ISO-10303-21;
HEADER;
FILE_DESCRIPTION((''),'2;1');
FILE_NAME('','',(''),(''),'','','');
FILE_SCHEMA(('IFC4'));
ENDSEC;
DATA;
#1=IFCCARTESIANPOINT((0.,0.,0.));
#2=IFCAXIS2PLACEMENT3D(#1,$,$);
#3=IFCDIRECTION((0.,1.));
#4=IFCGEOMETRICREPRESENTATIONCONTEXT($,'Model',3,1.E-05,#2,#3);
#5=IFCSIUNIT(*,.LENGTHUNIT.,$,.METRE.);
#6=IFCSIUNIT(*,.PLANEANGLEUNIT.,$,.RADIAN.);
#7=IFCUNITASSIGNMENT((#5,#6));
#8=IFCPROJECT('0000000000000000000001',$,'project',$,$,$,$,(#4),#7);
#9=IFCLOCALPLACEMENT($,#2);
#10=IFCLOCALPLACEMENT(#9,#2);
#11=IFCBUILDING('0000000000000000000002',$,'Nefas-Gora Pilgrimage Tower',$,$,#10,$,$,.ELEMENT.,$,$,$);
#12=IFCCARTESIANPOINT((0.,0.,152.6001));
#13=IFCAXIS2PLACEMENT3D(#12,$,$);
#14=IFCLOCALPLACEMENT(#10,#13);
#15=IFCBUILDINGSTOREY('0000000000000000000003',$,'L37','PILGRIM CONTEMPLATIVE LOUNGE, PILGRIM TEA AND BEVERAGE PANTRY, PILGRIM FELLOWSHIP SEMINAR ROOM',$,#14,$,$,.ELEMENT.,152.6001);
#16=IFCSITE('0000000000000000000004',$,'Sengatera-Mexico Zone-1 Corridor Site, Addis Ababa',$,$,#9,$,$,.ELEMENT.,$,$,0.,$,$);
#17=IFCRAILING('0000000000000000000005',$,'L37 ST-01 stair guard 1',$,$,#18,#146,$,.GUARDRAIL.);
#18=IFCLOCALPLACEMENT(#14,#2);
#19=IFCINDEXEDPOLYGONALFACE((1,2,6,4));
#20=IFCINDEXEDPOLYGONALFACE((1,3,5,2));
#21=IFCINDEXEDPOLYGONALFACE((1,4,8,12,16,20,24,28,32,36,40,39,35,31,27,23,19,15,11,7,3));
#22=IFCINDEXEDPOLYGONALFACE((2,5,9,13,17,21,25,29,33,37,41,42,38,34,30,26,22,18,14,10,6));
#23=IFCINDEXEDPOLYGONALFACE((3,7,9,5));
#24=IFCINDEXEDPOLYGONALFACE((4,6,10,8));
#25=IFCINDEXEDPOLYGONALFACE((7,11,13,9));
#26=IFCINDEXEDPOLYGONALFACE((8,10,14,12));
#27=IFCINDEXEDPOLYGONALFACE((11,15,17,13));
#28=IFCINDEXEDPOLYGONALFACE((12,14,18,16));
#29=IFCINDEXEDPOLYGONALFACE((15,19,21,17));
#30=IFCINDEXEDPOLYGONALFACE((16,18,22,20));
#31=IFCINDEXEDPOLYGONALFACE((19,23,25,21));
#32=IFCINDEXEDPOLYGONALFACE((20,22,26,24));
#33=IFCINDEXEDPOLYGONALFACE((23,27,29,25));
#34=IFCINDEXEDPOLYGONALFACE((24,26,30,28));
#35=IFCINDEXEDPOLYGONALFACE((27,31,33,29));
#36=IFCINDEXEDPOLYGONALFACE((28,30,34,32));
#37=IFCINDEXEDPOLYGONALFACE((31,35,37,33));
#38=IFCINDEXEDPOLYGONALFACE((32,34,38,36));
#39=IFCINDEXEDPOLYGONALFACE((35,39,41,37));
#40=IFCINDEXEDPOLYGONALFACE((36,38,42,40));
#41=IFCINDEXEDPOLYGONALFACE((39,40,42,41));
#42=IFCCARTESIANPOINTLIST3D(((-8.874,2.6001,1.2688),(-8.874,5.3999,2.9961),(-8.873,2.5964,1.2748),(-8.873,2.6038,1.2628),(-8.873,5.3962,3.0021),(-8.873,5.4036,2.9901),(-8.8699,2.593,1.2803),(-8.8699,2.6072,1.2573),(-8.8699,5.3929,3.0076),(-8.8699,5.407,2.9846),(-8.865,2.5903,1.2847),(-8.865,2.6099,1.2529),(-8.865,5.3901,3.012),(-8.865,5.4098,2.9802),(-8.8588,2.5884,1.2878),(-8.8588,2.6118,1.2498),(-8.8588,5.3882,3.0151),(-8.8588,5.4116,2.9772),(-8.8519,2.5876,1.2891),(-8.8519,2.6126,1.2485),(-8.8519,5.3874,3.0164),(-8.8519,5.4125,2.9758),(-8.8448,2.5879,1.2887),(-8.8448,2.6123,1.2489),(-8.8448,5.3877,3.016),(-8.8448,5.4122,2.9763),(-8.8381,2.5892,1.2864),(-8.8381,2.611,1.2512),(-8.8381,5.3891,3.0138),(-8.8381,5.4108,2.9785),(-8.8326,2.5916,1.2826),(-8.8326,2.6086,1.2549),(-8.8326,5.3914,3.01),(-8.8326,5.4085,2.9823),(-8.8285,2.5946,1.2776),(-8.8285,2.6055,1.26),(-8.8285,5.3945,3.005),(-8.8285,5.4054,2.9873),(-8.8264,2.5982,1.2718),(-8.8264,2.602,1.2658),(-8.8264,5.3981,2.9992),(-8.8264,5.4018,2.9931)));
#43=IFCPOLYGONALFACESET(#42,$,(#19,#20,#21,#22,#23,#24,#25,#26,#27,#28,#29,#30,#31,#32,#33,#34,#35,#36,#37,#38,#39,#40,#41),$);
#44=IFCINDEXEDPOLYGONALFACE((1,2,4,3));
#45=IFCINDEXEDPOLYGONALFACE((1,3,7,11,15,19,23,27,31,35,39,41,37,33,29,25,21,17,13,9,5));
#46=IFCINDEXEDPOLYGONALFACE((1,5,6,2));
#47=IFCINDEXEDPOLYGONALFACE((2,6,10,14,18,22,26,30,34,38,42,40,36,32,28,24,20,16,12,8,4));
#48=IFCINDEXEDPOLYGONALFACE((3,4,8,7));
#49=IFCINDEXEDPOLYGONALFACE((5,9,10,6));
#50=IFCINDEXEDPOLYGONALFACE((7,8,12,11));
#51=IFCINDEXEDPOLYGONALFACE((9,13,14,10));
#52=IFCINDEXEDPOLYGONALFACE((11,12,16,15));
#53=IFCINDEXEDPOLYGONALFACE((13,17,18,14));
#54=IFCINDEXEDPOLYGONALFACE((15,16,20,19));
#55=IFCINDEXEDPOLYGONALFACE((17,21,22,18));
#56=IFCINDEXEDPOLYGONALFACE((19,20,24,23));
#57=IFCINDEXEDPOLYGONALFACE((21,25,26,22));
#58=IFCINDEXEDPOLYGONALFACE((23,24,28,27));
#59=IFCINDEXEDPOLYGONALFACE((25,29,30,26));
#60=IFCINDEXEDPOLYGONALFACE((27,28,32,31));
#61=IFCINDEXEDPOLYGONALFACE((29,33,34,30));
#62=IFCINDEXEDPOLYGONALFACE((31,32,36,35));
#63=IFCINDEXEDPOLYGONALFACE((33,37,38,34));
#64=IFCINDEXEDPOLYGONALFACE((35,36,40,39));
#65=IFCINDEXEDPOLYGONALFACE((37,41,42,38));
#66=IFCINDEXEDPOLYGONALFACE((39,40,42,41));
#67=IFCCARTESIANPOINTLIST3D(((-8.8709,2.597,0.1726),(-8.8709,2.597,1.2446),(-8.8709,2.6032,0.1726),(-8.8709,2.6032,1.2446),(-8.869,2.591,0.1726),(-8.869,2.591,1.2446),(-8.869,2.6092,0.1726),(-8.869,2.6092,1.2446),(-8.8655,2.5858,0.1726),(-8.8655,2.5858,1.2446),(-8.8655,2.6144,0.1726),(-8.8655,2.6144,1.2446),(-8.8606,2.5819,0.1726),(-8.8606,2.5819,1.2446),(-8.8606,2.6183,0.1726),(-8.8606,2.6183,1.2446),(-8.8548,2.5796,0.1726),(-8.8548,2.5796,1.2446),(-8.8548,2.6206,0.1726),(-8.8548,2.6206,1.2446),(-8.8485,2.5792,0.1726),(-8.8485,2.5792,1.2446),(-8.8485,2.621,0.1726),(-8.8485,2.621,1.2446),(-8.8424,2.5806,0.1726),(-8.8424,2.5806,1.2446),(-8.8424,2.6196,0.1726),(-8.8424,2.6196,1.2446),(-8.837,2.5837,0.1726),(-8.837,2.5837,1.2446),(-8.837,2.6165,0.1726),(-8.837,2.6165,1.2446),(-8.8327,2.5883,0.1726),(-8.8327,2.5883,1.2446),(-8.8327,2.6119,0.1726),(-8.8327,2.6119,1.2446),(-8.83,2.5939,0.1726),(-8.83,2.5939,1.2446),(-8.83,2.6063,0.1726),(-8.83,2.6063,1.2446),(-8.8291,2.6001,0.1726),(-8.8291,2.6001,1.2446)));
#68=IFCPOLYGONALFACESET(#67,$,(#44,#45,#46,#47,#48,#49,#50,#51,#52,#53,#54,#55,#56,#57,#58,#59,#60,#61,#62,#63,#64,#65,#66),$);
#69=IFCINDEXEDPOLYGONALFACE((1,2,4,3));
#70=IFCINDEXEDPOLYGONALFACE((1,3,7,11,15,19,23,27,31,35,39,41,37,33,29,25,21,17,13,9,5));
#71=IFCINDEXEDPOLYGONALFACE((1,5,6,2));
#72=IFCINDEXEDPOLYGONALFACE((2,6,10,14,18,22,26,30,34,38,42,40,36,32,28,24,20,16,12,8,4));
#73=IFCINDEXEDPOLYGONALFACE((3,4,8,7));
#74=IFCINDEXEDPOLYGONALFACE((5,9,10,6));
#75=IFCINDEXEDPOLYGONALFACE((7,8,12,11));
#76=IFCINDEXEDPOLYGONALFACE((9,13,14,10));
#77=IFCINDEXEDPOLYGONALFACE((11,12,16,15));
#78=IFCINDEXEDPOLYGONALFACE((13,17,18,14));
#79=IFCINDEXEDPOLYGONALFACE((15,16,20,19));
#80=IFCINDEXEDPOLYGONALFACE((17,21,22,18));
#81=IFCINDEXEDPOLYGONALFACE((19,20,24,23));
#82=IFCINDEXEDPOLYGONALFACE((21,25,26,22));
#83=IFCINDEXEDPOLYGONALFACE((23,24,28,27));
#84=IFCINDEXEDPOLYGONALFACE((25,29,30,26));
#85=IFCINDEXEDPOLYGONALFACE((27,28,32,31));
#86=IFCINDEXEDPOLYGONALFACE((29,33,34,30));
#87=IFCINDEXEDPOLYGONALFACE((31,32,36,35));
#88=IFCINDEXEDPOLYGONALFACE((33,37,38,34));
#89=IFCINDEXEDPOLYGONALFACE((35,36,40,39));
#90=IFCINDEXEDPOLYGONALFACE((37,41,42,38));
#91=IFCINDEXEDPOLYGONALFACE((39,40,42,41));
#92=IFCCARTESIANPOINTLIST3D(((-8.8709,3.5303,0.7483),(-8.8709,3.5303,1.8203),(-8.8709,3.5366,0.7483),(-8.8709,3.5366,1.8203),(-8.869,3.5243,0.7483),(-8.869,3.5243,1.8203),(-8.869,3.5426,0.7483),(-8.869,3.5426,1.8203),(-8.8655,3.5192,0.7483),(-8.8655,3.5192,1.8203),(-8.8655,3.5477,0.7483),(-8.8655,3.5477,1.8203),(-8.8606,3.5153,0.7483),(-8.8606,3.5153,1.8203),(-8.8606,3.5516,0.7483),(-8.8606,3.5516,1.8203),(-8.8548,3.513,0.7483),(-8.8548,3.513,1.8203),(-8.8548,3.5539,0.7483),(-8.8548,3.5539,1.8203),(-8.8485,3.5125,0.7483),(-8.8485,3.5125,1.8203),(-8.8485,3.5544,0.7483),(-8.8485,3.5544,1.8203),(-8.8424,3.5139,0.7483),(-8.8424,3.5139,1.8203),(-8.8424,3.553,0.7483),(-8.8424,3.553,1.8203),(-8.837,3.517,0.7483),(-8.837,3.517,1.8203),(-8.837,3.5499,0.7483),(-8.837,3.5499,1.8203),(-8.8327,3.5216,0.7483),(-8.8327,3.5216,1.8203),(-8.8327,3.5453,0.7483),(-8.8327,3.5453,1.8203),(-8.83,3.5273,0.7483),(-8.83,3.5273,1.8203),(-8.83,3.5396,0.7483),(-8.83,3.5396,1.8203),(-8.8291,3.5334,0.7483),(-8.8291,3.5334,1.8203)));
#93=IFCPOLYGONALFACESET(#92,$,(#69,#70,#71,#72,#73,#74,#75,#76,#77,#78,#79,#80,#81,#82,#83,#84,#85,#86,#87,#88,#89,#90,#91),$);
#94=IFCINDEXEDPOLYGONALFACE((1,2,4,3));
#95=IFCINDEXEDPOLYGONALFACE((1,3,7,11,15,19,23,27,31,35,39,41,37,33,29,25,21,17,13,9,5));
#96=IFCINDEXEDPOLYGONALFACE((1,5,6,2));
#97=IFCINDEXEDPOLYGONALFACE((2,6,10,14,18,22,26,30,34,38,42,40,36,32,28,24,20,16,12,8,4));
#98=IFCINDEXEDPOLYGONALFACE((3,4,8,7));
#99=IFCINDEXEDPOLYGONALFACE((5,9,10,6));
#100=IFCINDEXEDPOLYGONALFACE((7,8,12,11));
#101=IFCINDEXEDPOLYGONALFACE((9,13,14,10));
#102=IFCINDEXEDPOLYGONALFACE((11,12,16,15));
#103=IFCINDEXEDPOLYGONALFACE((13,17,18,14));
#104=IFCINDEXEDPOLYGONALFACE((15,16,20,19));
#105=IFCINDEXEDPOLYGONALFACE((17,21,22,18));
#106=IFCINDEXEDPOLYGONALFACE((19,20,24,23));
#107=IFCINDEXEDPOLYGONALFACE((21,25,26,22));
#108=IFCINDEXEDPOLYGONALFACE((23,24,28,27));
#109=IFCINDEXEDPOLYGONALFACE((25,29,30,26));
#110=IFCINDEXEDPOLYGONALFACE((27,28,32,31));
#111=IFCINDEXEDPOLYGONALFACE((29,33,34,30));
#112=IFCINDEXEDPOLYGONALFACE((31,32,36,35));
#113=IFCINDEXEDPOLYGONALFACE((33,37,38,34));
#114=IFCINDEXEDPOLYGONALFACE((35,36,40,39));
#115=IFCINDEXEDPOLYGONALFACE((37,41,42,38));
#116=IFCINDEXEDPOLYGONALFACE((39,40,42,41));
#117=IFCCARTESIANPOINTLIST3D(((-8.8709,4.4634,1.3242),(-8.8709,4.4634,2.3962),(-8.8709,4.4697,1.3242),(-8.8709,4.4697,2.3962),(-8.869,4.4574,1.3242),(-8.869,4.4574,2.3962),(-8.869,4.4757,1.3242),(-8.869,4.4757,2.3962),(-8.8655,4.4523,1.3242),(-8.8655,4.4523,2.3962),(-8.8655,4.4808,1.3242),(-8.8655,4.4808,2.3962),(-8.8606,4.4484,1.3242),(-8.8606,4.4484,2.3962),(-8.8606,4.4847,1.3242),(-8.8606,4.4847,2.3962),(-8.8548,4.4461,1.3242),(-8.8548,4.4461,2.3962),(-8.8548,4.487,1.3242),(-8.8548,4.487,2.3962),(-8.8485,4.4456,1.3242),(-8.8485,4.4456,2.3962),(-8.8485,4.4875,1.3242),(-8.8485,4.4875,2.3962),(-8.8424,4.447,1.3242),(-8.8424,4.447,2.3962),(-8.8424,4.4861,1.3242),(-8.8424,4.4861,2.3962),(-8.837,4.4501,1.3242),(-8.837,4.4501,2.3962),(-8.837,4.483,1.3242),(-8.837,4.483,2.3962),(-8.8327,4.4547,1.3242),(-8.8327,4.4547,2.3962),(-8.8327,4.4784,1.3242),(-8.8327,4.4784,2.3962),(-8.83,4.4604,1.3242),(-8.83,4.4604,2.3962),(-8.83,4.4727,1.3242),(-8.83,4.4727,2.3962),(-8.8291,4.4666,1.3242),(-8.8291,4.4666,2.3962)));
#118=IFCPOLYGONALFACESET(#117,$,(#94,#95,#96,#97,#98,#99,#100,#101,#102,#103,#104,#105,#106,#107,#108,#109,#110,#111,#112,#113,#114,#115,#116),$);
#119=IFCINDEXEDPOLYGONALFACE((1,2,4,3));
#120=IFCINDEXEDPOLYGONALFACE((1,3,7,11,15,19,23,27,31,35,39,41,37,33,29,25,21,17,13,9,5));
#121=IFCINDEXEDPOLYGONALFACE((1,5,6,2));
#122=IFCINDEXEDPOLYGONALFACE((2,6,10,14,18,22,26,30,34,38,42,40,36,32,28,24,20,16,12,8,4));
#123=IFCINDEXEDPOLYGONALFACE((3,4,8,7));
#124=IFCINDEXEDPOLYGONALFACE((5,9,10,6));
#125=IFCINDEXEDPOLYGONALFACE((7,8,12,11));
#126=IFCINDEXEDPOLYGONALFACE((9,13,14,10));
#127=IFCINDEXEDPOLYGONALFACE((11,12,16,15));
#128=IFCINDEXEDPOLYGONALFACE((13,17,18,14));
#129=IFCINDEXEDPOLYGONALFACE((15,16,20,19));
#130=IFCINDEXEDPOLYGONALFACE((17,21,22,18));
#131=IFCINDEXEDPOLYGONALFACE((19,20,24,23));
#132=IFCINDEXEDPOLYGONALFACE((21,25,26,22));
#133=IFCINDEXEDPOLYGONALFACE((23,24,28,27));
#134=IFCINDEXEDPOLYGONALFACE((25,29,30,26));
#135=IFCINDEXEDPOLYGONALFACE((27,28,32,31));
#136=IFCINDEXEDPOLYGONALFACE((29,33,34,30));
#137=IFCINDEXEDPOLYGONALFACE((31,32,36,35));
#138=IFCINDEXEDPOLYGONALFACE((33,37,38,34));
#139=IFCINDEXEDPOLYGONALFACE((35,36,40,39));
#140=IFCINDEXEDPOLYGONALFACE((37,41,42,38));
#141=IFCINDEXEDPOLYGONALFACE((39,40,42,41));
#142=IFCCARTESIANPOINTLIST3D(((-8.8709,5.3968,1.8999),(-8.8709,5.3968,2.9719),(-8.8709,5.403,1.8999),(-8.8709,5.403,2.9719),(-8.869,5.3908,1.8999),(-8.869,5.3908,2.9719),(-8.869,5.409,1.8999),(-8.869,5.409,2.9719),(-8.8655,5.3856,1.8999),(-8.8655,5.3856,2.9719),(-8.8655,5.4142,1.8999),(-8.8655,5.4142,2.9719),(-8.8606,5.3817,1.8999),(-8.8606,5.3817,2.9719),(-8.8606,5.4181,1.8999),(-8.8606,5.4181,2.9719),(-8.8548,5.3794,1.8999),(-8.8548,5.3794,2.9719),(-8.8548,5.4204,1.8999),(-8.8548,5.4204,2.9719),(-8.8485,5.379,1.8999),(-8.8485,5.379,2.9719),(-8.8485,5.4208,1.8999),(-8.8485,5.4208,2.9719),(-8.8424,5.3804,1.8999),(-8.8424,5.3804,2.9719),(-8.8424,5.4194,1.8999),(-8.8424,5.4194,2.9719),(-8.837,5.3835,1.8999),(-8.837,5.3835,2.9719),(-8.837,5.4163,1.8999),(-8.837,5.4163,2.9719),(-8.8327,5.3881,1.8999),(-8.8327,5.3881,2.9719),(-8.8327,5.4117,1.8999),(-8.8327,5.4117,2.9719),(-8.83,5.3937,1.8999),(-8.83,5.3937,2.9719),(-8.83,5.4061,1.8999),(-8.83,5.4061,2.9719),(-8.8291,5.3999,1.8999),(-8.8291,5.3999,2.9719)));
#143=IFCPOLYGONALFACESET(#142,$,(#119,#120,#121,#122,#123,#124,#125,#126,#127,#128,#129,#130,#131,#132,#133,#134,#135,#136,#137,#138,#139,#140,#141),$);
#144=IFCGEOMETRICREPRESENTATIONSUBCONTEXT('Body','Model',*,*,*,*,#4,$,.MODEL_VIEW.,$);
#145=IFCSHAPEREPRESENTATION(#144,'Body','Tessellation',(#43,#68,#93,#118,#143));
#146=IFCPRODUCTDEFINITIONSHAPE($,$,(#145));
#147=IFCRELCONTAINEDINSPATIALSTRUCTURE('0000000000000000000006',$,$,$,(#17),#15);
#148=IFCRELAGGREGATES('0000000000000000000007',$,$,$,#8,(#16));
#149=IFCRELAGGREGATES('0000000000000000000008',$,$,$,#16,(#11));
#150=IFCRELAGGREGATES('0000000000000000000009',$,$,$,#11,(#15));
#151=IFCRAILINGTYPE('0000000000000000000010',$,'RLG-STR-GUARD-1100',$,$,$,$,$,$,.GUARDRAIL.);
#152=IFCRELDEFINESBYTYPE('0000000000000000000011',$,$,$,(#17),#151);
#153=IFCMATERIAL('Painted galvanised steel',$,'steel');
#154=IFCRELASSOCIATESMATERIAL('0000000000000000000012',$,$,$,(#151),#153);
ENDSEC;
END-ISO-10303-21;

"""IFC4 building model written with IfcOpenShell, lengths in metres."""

from ifc_helpers import new_model, si_unit, direction, frame, origin, origin_2d, place, context, subcontext, project, spatial, circle, extrude, material, type_object, element, save


model = new_model("IFC4")

# Units and contexts
model_context = context("Model", 3, precision=1e-05, world=origin(), true_north=direction((0.0, 1.0)))
body_context = subcontext(model_context, "Body", "Model", "MODEL_VIEW")
ifc_project = project(units=[si_unit("LENGTHUNIT", "METRE"), si_unit("PLANEANGLEUNIT", "RADIAN")], contexts=[model_context])

# Site, building, storey
site_placement = place(None, origin())
site = spatial("IfcSite", under=ifc_project, at=site_placement, Name="Sengatera-Mexico Zone-1 Corridor Site, Addis Ababa", CompositionType="ELEMENT", RefElevation=0.0)
building_placement = place(site_placement, origin())
building = spatial("IfcBuilding", under=site, at=building_placement, Name="Nefas-Gora Pilgrimage Tower", CompositionType="ELEMENT")
storey_placement = place(building_placement, frame((0.0, 0.0, 152.6001)))
storey = spatial("IfcBuildingStorey", under=building, at=storey_placement, Name="L37", Description="PILGRIM CONTEMPLATIVE LOUNGE, PILGRIM TEA AND BEVERAGE PANTRY, PILGRIM FELLOWSHIP SEMINAR ROOM", CompositionType="ELEMENT", Elevation=152.6001)

# Railing
ifc_material_1 = material(Name="Painted galvanised steel", Category="steel")
railing_type_1 = type_object("IfcRailingType", Name="RLG-STR-GUARD-1100", PredefinedType="GUARDRAIL", material=ifc_material_1)
railing_1_placement = place(storey_placement, frame((-8.8501, 2.6001, 0.1726)))
element("IfcRailing", 1, at=railing_1_placement, inside=storey, type_object=railing_type_1, Name="L37 ST-01 stair guard 1", PredefinedType="GUARDRAIL", context=body_context, shape_type="SweptSolid", body=[
    extrude(circle(Radius=0.0239, at=origin_2d()), frame((0.0, 0.0, 1.0962), z_axis=(0.0, 0.851069, 0.525054), x_axis=(-1.0, 0.0, 0.0)), (0.0, 0.0, 1.0), 3.2898),
    extrude(circle(Radius=0.021, at=origin_2d()), origin(), (0.0, 0.0, 1.0), 1.072),
    extrude(circle(Radius=0.021, at=origin_2d()), frame((0.0, 0.9333, 0.5757)), (0.0, 0.0, 1.0), 1.072),
    extrude(circle(Radius=0.021, at=origin_2d()), frame((0.0, 1.8665, 1.1516)), (0.0, 0.0, 1.0), 1.072),
    extrude(circle(Radius=0.021, at=origin_2d()), frame((0.0, 2.7998, 1.7273)), (0.0, 0.0, 1.0), 1.072),
])

save(model, "model.ifc")
